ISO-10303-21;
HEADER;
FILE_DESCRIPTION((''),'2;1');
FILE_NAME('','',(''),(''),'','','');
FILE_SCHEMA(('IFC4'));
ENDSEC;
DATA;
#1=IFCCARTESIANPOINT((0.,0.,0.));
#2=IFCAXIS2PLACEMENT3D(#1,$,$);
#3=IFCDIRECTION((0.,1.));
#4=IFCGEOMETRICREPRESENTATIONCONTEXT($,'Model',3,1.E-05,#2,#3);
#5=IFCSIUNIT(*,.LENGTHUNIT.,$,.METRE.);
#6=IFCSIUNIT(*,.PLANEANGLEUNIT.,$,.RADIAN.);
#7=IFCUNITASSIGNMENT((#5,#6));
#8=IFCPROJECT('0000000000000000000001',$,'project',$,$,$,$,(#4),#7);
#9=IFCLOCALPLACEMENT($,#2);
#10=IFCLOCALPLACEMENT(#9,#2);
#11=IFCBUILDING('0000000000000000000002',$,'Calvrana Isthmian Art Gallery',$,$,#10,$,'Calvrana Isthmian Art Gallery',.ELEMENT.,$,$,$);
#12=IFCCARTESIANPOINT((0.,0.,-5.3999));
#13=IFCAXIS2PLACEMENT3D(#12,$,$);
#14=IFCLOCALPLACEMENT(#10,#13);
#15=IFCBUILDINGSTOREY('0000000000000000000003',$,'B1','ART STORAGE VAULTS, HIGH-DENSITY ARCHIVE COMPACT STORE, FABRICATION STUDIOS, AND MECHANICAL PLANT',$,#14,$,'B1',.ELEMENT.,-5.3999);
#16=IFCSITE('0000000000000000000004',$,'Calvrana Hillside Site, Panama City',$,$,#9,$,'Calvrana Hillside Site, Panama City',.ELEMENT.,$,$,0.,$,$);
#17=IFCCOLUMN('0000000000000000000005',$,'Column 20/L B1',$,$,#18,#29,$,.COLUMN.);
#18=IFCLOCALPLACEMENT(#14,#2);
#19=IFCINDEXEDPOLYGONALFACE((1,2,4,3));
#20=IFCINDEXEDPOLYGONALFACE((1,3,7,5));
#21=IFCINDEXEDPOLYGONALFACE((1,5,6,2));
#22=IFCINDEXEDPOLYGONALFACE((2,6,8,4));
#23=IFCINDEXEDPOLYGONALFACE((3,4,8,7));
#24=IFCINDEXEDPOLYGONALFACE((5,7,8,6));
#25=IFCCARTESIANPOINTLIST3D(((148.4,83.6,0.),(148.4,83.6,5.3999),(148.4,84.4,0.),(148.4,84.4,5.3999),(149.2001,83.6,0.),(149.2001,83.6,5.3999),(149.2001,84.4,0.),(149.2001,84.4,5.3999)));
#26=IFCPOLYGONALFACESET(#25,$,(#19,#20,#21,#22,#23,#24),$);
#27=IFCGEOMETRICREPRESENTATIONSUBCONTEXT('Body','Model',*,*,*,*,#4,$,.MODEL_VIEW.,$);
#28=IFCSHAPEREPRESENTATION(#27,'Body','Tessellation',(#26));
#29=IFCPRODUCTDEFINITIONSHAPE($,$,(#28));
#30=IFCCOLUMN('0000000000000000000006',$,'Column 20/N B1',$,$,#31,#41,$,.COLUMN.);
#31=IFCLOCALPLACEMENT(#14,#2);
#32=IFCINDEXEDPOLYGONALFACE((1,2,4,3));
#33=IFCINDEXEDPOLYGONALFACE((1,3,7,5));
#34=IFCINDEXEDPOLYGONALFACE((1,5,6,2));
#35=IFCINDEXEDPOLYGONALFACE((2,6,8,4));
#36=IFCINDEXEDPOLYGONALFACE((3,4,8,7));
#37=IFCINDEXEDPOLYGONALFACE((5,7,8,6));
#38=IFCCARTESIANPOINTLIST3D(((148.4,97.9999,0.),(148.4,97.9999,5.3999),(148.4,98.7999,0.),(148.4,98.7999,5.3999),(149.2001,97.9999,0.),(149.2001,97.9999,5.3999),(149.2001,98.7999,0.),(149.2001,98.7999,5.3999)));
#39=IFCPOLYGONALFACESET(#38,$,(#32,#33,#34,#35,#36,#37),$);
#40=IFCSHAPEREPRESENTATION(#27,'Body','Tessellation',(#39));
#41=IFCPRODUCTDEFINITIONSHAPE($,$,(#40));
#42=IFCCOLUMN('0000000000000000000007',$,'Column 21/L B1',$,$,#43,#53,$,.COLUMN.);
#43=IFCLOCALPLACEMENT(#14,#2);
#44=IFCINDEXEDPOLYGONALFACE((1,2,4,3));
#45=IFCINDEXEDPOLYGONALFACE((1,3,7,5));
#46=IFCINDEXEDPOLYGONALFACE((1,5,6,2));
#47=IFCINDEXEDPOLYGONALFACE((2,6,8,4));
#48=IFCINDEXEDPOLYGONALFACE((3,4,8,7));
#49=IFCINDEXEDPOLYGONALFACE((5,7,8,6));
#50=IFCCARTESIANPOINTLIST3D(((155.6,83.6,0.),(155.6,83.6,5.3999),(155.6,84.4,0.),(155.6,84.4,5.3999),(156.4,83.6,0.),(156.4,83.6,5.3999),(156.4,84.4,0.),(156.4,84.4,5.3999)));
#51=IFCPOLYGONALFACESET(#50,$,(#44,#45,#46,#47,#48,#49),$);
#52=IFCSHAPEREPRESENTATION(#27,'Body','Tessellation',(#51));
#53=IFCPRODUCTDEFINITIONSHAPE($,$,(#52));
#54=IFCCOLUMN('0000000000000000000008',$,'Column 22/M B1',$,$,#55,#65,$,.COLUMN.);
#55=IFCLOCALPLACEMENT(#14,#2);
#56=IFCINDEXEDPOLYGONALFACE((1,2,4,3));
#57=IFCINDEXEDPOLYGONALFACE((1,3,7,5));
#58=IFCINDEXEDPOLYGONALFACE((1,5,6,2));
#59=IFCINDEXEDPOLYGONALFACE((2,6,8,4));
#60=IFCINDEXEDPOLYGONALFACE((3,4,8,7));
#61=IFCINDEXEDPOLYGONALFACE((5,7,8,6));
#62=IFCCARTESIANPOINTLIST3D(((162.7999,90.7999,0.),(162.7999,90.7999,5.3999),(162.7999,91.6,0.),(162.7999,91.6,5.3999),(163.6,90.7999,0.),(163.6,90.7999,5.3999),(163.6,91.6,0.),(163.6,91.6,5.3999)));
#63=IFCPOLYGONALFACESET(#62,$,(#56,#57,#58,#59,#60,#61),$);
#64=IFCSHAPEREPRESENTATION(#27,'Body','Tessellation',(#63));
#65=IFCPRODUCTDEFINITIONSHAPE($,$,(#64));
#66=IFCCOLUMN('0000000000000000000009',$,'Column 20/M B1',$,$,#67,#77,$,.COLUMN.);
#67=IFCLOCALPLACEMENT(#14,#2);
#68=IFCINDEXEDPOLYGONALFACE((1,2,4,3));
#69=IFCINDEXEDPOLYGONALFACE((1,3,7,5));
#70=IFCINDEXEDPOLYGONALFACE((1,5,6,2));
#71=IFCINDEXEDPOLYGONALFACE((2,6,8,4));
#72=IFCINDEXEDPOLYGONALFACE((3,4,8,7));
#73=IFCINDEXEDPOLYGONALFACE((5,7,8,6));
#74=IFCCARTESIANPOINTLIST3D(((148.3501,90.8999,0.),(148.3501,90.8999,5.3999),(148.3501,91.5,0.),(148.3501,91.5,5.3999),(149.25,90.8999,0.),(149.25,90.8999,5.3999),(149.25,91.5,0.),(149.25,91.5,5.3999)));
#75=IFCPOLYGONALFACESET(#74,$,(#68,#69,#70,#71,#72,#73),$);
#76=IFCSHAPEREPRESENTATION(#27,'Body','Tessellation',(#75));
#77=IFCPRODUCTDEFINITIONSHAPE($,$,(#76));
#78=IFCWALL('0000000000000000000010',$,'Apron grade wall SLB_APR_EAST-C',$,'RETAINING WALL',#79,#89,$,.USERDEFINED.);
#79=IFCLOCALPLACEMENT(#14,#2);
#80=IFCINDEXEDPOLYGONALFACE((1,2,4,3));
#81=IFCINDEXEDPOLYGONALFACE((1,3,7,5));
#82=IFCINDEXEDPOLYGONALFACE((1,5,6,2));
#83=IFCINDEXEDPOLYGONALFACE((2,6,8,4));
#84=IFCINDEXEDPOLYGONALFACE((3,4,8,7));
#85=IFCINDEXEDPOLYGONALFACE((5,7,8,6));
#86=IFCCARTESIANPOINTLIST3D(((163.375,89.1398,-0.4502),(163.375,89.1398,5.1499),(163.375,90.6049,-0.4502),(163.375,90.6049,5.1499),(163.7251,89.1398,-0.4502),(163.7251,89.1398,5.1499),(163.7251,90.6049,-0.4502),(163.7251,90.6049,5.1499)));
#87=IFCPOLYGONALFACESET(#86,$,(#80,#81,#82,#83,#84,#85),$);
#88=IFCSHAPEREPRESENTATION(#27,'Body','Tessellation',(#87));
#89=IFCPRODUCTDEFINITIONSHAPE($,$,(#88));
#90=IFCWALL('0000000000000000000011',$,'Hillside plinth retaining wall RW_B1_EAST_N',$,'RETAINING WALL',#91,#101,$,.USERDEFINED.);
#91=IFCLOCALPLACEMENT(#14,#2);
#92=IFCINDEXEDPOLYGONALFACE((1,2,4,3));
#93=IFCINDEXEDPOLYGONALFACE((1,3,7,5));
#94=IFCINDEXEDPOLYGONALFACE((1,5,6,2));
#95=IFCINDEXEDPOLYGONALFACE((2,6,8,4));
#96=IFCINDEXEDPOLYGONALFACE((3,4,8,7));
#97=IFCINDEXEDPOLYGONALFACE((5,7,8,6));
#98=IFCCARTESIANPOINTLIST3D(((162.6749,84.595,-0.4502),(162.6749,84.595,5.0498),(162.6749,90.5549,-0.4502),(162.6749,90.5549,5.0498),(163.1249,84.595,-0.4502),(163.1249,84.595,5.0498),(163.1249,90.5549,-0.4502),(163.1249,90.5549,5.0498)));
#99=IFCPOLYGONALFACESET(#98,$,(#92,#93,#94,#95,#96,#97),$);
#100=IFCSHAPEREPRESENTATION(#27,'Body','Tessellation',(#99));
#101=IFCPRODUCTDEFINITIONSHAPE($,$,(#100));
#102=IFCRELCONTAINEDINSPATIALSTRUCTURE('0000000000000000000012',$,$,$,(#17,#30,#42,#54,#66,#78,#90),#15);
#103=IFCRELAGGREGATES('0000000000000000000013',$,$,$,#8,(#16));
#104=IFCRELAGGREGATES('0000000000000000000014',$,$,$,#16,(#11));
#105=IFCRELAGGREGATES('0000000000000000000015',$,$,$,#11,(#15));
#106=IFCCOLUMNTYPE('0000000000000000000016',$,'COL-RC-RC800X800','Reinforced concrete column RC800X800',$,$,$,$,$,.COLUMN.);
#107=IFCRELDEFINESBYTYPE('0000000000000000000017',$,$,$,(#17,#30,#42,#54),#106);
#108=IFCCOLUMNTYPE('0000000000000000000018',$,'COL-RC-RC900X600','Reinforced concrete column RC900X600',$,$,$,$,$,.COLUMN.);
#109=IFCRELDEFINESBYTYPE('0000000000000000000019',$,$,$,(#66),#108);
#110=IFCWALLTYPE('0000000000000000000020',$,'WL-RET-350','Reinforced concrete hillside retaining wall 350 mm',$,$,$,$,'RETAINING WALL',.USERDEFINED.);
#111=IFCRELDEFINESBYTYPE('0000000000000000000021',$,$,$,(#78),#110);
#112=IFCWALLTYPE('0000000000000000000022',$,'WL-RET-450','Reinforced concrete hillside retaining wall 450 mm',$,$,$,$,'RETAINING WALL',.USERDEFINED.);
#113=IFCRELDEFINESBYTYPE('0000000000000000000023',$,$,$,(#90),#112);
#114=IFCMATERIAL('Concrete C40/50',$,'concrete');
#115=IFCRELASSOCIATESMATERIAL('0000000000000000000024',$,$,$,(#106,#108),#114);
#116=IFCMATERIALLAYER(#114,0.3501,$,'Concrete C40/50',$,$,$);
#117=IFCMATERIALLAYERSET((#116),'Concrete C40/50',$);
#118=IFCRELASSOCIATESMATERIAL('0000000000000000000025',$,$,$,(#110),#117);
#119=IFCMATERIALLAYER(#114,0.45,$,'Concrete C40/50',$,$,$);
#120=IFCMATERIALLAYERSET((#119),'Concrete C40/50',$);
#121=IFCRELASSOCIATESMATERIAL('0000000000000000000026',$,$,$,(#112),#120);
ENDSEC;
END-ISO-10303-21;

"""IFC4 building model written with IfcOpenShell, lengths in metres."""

from ifc_helpers import new_model, si_unit, direction, frame, frame_2d, origin, origin_2d, place, context, subcontext, project, spatial, rectangle, extrude, material, layer, layer_set, material_profile, profile_set, type_object, element, save


model = new_model("IFC4")

# Units and contexts
model_context = context("Model", 3, precision=1e-05, world=origin(), true_north=direction((0.0, 1.0)))
body_context = subcontext(model_context, "Body", "Model", "MODEL_VIEW")
ifc_project = project(units=[si_unit("LENGTHUNIT", "METRE"), si_unit("PLANEANGLEUNIT", "RADIAN")], contexts=[model_context])

# Site, building, storey
site_placement = place(None, origin())
site = spatial("IfcSite", under=ifc_project, at=site_placement, Name="Calvrana Hillside Site, Panama City", LongName="Calvrana Hillside Site, Panama City", CompositionType="ELEMENT", RefElevation=0.0)
building_placement = place(site_placement, origin())
building = spatial("IfcBuilding", under=site, at=building_placement, Name="Calvrana Isthmian Art Gallery", LongName="Calvrana Isthmian Art Gallery", CompositionType="ELEMENT")
storey_placement = place(building_placement, frame((0.0, 0.0, -5.3999)))
storey = spatial("IfcBuildingStorey", under=building, at=storey_placement, Name="B1", Description="ART STORAGE VAULTS, HIGH-DENSITY ARCHIVE COMPACT STORE, FABRICATION STUDIOS, AND MECHANICAL PLANT", LongName="B1", CompositionType="ELEMENT", Elevation=-5.3999)

# Columns
ifc_material_1 = material(Name="Concrete C40/50", Category="concrete")
ifc_material_profile_1 = material_profile(ifc_material_1, rectangle(XDim=0.8, YDim=0.8, at=origin_2d()), Name="RC800X800")
ifc_profile_set_1 = profile_set([ifc_material_profile_1], Name="Concrete C40/50")
column_type_1 = type_object("IfcColumnType", Name="COL-RC-RC800X800", Description="Reinforced concrete column RC800X800", PredefinedType="COLUMN", material=ifc_profile_set_1)
for number, where, z_axis, x_axis, name in (
    (1, (148.8, 84.0, 0.0), (0.0, 0.0, 1.0), (1.0, 0.0, 0.0), "Column 20/L B1"),
    (2, (148.8, 98.3999, 0.0), (0.0, 0.0, 1.0), (1.0, 0.0, 0.0), "Column 20/N B1"),
    (3, (156.0, 84.0, 0.0), (0.0, 0.0, 1.0), (1.0, 0.0, 0.0), "Column 21/L B1"),
    (4, (163.2, 91.2, 0.0), (0.0, 0.0, 1.0), (1.0, 0.0, 0.0), "Column 22/M B1"),
):
    element("IfcColumn", number, at=place(storey_placement, frame(where, z_axis=z_axis, x_axis=x_axis)), inside=storey, type_object=column_type_1, Name=name, PredefinedType="COLUMN", context=body_context, shape_type="SweptSolid", body=[
        extrude(rectangle(XDim=0.8, YDim=0.8, at=origin_2d()), origin(), (0.0, 0.0, 1.0), 5.3999),
    ])
ifc_material_profile_2 = material_profile(ifc_material_1, rectangle(XDim=0.8999, YDim=0.6001, at=origin_2d()), Name="RC900X600")
ifc_profile_set_2 = profile_set([ifc_material_profile_2], Name="Concrete C40/50")
column_type_2 = type_object("IfcColumnType", Name="COL-RC-RC900X600", Description="Reinforced concrete column RC900X600", PredefinedType="COLUMN", material=ifc_profile_set_2)
column_placement = place(storey_placement, frame((148.8, 91.2, 0.0), z_axis=(0.0, 0.0, 1.0), x_axis=(1.0, 0.0, 0.0)))
element("IfcColumn", 5, at=column_placement, inside=storey, type_object=column_type_2, Name="Column 20/M B1", PredefinedType="COLUMN", context=body_context, shape_type="SweptSolid", body=[
    extrude(rectangle(XDim=0.8999, YDim=0.6001, at=origin_2d()), origin(), (0.0, 0.0, 1.0), 5.3999),
])

# Walls
ifc_layer_1 = layer(ifc_material_1, 0.3501, Name="Concrete C40/50")
ifc_layer_set_1 = layer_set([ifc_layer_1], Name="Concrete C40/50")
wall_type_1 = type_object("IfcWallType", Name="WL-RET-350", Description="Reinforced concrete hillside retaining wall 350 mm", ElementType="RETAINING WALL", PredefinedType="USERDEFINED", material=ifc_layer_set_1)
wall_1_placement = place(storey_placement, frame((163.55, 89.1399, -0.4502), z_axis=(0.0, 0.0, 1.0), x_axis=(0.0, 1.0, 0.0)))
element("IfcWall", 6, at=wall_1_placement, inside=storey, type_object=wall_type_1, Name="Apron grade wall SLB_APR_EAST-C", ObjectType="RETAINING WALL", PredefinedType="USERDEFINED", context=body_context, shape_type="SweptSolid", body=[
    extrude(rectangle(XDim=1.4651, YDim=0.3501, at=frame_2d((0.7324, 0.0))), origin(), (0.0, 0.0, 1.0), 5.6001),
])
ifc_layer_2 = layer(ifc_material_1, 0.45, Name="Concrete C40/50")
ifc_layer_set_2 = layer_set([ifc_layer_2], Name="Concrete C40/50")
wall_type_2 = type_object("IfcWallType", Name="WL-RET-450", Description="Reinforced concrete hillside retaining wall 450 mm", ElementType="RETAINING WALL", PredefinedType="USERDEFINED", material=ifc_layer_set_2)
wall_2_placement = place(storey_placement, frame((162.8999, 84.595, -0.4502), z_axis=(0.0, 0.0, 1.0), x_axis=(0.0, 1.0, 0.0)))
element("IfcWall", 7, at=wall_2_placement, inside=storey, type_object=wall_type_2, Name="Hillside plinth retaining wall RW_B1_EAST_N", ObjectType="RETAINING WALL", PredefinedType="USERDEFINED", context=body_context, shape_type="SweptSolid", body=[
    extrude(rectangle(XDim=5.96, YDim=0.45, at=frame_2d((2.98, 0.0))), origin(), (0.0, 0.0, 1.0), 5.5),
])

save(model, "model.ifc")
